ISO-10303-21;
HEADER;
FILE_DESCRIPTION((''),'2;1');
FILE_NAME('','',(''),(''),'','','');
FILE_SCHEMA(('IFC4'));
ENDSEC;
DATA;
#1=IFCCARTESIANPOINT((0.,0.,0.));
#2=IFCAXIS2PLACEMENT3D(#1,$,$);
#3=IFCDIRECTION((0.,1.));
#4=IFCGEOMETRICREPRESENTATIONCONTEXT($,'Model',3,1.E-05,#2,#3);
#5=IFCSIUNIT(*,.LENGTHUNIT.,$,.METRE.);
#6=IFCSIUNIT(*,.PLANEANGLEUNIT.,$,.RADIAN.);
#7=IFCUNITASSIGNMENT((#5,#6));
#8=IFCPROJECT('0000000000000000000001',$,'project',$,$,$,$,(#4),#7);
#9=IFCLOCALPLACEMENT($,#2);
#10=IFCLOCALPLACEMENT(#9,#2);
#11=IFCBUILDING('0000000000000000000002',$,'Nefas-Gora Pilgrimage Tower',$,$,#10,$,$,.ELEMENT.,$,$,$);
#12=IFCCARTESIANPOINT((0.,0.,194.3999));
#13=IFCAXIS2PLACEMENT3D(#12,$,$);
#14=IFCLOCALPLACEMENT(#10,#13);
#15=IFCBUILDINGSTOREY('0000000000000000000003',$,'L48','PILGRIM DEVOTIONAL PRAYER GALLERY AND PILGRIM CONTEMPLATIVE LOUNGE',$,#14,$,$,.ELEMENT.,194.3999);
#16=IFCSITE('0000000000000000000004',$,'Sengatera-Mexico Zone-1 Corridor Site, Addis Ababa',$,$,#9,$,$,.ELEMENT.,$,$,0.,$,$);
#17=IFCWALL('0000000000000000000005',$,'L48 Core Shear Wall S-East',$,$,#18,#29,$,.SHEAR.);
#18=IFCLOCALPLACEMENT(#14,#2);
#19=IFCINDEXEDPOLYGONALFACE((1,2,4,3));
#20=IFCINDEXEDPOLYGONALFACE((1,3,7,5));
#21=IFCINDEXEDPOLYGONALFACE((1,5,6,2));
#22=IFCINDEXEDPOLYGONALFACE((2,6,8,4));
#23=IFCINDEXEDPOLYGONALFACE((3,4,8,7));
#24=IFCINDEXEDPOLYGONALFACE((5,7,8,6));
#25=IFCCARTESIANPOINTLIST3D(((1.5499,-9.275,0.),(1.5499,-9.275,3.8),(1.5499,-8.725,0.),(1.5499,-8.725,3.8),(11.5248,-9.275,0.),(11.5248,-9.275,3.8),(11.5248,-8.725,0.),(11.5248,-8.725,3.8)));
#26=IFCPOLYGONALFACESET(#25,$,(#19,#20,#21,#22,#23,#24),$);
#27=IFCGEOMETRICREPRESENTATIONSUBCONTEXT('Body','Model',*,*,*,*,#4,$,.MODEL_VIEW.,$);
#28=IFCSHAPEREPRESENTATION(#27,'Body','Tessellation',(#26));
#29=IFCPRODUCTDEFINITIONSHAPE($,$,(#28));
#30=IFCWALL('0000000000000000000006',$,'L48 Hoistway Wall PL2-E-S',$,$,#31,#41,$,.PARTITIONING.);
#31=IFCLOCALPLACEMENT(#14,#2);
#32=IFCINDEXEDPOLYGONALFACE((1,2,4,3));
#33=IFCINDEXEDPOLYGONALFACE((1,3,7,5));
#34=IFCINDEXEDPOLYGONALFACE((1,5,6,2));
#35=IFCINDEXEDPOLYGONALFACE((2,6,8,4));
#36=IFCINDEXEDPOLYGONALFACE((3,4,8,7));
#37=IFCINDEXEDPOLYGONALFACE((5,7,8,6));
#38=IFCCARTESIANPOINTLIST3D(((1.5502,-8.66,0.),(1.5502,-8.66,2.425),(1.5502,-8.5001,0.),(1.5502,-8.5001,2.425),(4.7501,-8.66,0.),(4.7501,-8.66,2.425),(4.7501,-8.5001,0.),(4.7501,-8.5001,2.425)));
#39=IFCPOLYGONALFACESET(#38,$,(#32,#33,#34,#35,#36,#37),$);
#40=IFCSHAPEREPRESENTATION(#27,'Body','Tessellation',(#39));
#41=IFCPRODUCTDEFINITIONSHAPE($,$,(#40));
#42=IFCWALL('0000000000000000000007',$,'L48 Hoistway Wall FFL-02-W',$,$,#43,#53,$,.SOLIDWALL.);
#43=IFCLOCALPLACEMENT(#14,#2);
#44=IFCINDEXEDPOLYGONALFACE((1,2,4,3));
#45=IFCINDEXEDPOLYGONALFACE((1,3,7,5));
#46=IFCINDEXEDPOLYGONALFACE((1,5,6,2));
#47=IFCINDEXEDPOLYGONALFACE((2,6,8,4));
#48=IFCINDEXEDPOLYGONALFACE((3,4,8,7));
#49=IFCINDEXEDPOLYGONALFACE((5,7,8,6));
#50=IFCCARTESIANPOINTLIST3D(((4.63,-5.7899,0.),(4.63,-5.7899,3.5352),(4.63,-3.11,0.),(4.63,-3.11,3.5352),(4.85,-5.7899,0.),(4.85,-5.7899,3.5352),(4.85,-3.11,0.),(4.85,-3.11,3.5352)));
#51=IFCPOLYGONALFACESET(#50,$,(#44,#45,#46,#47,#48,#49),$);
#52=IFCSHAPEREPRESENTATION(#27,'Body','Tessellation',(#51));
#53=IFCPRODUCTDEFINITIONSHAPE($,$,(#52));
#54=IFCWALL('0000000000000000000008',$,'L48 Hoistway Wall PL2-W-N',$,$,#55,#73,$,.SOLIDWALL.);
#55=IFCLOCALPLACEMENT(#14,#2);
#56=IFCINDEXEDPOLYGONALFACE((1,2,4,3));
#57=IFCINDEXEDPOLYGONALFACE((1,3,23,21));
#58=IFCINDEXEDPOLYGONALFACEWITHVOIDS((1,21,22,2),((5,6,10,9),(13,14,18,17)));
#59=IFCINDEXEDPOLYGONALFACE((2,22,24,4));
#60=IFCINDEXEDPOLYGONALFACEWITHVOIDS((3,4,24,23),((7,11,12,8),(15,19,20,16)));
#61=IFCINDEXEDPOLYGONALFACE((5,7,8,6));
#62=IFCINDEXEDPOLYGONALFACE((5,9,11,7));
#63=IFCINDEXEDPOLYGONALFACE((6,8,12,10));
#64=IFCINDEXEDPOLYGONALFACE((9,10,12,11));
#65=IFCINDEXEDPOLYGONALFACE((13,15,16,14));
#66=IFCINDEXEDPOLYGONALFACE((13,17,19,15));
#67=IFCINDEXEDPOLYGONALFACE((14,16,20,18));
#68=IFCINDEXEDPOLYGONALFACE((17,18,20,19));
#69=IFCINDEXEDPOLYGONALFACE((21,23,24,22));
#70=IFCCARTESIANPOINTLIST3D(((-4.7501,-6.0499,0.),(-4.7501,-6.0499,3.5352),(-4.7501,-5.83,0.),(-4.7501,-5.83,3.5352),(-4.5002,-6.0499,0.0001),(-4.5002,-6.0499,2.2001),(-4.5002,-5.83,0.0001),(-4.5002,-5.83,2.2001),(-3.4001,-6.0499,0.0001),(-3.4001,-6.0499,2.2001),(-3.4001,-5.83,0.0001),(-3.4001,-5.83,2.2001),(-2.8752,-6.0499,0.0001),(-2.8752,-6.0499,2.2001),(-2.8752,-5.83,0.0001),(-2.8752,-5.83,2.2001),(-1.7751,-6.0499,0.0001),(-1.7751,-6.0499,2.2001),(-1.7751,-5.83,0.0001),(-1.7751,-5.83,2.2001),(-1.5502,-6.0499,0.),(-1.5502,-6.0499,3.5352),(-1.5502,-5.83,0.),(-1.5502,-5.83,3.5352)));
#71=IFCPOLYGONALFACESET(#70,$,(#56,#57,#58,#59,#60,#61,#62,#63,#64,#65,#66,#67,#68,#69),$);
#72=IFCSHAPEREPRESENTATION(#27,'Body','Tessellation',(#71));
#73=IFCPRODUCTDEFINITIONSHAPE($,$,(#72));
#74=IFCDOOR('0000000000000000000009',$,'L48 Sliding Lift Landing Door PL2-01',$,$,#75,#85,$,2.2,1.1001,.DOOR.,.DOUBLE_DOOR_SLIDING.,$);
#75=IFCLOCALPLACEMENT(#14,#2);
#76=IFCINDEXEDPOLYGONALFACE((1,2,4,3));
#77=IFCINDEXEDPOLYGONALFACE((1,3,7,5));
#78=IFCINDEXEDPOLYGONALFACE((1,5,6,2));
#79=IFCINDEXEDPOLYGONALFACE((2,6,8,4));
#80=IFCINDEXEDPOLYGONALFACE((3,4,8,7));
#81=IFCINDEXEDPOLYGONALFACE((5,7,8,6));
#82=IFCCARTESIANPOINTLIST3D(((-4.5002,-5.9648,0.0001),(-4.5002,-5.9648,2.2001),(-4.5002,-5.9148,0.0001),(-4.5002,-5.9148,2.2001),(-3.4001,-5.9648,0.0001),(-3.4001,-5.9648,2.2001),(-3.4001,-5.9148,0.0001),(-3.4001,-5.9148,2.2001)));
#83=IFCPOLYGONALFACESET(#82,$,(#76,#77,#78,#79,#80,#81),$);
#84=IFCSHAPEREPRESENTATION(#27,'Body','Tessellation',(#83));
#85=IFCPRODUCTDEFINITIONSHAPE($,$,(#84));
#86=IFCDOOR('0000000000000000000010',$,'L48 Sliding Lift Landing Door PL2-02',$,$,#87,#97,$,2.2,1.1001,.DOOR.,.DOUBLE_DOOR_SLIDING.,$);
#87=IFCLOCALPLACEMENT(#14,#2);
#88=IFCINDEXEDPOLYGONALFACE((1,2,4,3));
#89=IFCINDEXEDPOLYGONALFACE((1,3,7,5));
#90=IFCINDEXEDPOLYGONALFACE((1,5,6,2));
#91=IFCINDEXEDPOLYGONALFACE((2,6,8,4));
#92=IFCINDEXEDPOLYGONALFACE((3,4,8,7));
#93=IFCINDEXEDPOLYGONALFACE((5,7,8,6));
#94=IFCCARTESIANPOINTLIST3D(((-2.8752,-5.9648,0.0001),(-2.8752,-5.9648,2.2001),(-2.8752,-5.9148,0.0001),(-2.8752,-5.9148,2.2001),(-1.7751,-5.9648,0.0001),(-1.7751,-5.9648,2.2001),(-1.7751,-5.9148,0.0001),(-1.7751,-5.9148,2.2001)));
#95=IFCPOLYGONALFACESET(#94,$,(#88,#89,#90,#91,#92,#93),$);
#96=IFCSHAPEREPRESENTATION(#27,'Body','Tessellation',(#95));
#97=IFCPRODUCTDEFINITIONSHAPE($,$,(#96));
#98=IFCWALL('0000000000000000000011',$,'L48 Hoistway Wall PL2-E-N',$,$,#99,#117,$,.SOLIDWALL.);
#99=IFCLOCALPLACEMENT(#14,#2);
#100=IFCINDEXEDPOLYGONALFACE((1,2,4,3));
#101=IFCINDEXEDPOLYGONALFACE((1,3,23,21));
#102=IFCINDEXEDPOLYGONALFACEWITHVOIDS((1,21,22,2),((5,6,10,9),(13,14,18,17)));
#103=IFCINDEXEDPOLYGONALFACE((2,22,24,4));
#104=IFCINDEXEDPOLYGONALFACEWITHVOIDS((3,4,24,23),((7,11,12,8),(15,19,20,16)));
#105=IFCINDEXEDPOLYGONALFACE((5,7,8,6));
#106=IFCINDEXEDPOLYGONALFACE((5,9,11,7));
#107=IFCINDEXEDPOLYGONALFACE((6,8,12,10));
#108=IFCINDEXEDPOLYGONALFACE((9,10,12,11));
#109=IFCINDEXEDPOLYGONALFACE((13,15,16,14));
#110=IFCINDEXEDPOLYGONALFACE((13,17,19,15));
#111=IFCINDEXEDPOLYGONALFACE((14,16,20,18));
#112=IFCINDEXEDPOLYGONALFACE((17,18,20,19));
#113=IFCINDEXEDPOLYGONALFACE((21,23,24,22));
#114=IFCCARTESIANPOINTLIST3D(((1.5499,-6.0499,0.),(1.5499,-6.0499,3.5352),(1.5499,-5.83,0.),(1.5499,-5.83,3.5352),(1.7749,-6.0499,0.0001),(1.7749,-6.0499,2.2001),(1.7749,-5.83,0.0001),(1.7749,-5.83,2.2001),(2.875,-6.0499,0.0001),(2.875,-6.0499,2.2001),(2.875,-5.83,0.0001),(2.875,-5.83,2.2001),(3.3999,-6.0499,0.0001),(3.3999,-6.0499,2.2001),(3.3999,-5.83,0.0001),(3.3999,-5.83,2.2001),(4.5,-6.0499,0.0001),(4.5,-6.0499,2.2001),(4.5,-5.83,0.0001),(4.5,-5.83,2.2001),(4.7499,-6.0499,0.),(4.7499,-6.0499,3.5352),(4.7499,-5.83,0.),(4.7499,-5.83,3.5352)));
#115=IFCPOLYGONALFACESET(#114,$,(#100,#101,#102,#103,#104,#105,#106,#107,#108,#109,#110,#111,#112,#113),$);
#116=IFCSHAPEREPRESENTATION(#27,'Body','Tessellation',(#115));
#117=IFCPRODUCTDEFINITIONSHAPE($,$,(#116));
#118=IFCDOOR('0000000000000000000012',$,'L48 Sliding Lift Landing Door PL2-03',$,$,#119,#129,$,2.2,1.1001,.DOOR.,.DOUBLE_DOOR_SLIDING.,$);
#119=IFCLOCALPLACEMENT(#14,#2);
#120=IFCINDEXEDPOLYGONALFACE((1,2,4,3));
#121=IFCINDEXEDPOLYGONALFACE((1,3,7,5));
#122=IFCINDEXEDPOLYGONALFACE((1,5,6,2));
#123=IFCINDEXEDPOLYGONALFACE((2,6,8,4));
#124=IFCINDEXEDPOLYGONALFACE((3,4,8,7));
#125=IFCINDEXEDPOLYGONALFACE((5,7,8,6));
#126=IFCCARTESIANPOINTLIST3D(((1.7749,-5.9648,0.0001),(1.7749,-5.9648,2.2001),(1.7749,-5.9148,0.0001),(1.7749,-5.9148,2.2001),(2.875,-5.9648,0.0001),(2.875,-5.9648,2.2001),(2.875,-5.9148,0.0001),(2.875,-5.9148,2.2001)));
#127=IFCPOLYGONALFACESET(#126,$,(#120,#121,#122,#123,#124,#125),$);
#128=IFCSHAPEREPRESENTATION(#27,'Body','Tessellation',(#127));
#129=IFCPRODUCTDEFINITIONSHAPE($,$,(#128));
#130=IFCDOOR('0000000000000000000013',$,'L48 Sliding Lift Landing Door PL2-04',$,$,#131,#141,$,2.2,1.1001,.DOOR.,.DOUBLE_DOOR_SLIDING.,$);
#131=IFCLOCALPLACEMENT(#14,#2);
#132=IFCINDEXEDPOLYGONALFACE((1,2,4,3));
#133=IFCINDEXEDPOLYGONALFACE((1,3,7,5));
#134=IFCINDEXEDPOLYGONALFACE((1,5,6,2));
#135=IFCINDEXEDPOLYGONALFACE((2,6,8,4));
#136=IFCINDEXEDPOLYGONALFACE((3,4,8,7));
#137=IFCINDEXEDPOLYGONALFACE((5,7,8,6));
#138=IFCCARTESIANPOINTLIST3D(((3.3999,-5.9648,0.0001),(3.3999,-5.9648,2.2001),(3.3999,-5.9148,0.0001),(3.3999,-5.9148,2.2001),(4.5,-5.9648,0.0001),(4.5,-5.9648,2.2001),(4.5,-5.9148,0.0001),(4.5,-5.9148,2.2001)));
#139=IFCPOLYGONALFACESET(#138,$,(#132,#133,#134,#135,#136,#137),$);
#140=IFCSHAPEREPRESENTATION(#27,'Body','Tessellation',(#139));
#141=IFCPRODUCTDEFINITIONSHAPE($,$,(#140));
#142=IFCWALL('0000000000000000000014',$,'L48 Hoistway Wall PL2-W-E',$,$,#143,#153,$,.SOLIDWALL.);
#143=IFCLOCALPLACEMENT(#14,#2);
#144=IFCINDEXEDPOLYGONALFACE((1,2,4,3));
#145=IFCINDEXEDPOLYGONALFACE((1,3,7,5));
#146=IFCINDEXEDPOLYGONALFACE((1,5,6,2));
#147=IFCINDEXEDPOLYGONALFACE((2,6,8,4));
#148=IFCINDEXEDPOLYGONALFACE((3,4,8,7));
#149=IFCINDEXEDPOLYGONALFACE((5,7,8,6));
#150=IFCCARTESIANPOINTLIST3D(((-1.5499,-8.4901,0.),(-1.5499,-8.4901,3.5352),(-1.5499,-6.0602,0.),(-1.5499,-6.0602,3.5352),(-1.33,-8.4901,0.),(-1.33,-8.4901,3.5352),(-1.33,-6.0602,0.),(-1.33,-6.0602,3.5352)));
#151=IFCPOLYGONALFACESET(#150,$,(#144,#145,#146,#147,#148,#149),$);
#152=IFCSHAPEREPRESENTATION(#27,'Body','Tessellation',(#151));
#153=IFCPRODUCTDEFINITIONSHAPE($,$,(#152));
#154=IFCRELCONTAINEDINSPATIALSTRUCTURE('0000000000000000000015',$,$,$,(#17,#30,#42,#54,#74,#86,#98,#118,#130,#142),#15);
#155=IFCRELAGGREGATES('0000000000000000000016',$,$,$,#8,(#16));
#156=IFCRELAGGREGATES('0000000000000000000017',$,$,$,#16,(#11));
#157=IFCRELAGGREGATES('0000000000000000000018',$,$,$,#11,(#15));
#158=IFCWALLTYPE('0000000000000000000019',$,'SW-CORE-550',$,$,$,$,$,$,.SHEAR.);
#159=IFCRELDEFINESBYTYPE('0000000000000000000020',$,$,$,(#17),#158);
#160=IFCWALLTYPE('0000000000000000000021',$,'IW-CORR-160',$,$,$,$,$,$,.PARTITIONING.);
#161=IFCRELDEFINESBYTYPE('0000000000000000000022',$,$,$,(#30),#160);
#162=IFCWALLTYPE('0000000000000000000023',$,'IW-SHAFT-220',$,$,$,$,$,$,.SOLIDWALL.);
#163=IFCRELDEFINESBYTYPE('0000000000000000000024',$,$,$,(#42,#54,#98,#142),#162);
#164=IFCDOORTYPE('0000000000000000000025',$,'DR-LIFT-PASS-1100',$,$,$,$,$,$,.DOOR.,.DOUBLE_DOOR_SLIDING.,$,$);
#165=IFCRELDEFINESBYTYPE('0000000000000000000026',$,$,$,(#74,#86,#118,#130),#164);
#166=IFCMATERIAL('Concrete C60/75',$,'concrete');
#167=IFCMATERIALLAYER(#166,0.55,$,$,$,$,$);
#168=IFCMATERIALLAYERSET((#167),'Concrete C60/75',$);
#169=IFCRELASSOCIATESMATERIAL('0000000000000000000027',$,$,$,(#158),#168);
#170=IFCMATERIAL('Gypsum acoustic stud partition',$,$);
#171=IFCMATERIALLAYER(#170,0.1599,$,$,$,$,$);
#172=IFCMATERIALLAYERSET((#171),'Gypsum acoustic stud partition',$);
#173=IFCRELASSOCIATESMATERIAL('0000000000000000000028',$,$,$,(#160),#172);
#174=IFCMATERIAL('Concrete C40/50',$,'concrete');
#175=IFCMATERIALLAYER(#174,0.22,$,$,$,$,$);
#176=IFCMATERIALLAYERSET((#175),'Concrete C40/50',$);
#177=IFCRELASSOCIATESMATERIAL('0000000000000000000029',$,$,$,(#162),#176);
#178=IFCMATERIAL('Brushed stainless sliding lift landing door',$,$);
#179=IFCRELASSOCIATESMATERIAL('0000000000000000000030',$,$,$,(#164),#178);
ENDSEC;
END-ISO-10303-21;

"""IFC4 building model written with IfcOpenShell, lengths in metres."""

from ifc_helpers import new_model, si_unit, direction, frame, frame_2d, origin, place, context, subcontext, project, spatial, rectangle, extrude, source, transform, mapped, material, layer, layer_set, type_object, element, fill, save


model = new_model("IFC4")

# Units and contexts
model_context = context("Model", 3, precision=1e-05, world=origin(), true_north=direction((0.0, 1.0)))
body_context = subcontext(model_context, "Body", "Model", "MODEL_VIEW")
ifc_project = project(units=[si_unit("LENGTHUNIT", "METRE"), si_unit("PLANEANGLEUNIT", "RADIAN")], contexts=[model_context])

# Site, building, storey
site_placement = place(None, origin())
site = spatial("IfcSite", under=ifc_project, at=site_placement, Name="Sengatera-Mexico Zone-1 Corridor Site, Addis Ababa", CompositionType="ELEMENT", RefElevation=0.0)
building_placement = place(site_placement, origin())
building = spatial("IfcBuilding", under=site, at=building_placement, Name="Nefas-Gora Pilgrimage Tower", CompositionType="ELEMENT")
storey_placement = place(building_placement, frame((0.0, 0.0, 194.3999)))
storey = spatial("IfcBuildingStorey", under=building, at=storey_placement, Name="L48", Description="PILGRIM DEVOTIONAL PRAYER GALLERY AND PILGRIM CONTEMPLATIVE LOUNGE", CompositionType="ELEMENT", Elevation=194.3999)

# Walls
ifc_material_1 = material(Name="Concrete C60/75", Category="concrete")
ifc_layer_1 = layer(ifc_material_1, 0.55)
ifc_layer_set_1 = layer_set([ifc_layer_1], Name="Concrete C60/75")
wall_type_1 = type_object("IfcWallType", Name="SW-CORE-550", PredefinedType="SHEAR", material=ifc_layer_set_1)
shared_shape_1 = source(origin(), body_context, "Body", "SweptSolid", [
    extrude(rectangle(XDim=9.9749, YDim=0.55, at=frame_2d((4.9873, 0.0))), origin(), (0.0, 0.0, 1.0), 3.8),
])
wall_1_placement = place(storey_placement, frame((1.55, -9.0, 0.0), z_axis=(0.0, 0.0, 1.0), x_axis=(1.0, 0.0, 0.0)))
element("IfcWall", 1, at=wall_1_placement, inside=storey, type_object=wall_type_1, Name="L48 Core Shear Wall S-East", PredefinedType="SHEAR", context=body_context, shape_type="MappedRepresentation", body=[
    mapped(shared_shape_1, transform((0.0, 0.0, 0.0), x_axis=(1.0, 0.0, 0.0), y_axis=(0.0, 1.0, 0.0), z_axis=(0.0, 0.0, 1.0), scale=1.0)),
])
ifc_material_2 = material(Name="Gypsum acoustic stud partition")
ifc_layer_2 = layer(ifc_material_2, 0.1599)
ifc_layer_set_2 = layer_set([ifc_layer_2], Name="Gypsum acoustic stud partition")
wall_type_2 = type_object("IfcWallType", Name="IW-CORR-160", PredefinedType="PARTITIONING", material=ifc_layer_set_2)
shared_shape_2 = source(origin(), body_context, "Body", "SweptSolid", [
    extrude(rectangle(XDim=3.2, YDim=0.1599, at=frame_2d((1.6001, 0.0))), origin(), (0.0, 0.0, 1.0), 2.425),
])
wall_2_placement = place(storey_placement, frame((1.55, -8.5801, 0.0), z_axis=(0.0, 0.0, 1.0), x_axis=(1.0, 0.0, 0.0)))
element("IfcWall", 2, at=wall_2_placement, inside=storey, type_object=wall_type_2, Name="L48 Hoistway Wall PL2-E-S", PredefinedType="PARTITIONING", context=body_context, shape_type="MappedRepresentation", body=[
    mapped(shared_shape_2, transform((0.0, 0.0, 0.0), x_axis=(1.0, 0.0, 0.0), y_axis=(0.0, 1.0, 0.0), z_axis=(0.0, 0.0, 1.0), scale=1.0)),
])
ifc_material_3 = material(Name="Concrete C40/50", Category="concrete")
ifc_layer_3 = layer(ifc_material_3, 0.22)
ifc_layer_set_3 = layer_set([ifc_layer_3], Name="Concrete C40/50")
wall_type_3 = type_object("IfcWallType", Name="IW-SHAFT-220", PredefinedType="SOLIDWALL", material=ifc_layer_set_3)
shared_shape_3 = source(origin(), body_context, "Body", "SweptSolid", [
    extrude(rectangle(XDim=2.6799, YDim=0.22, at=frame_2d((1.3398, 0.0))), origin(), (0.0, 0.0, 1.0), 3.5352),
])
wall_3_placement = place(storey_placement, frame((4.74, -3.1101, 0.0), z_axis=(0.0, 0.0, 1.0), x_axis=(0.0, -1.0, 0.0)))
element("IfcWall", 3, at=wall_3_placement, inside=storey, type_object=wall_type_3, Name="L48 Hoistway Wall FFL-02-W", PredefinedType="SOLIDWALL", context=body_context, shape_type="MappedRepresentation", body=[
    mapped(shared_shape_3, transform((0.0, 0.0, 0.0), x_axis=(1.0, 0.0, 0.0), y_axis=(0.0, 1.0, 0.0), z_axis=(0.0, 0.0, 1.0), scale=1.0)),
])

# Walls, openings, doors
shared_shape_4 = source(origin(), body_context, "Body", "SweptSolid", [
    extrude(rectangle(XDim=3.2, YDim=0.22, at=frame_2d((1.6001, 0.0))), origin(), (0.0, 0.0, 1.0), 3.5352),
])
wall_4_placement = place(storey_placement, frame((-1.55, -5.9399, 0.0), z_axis=(0.0, 0.0, 1.0), x_axis=(-1.0, 0.0, 0.0)))
wall_4 = element("IfcWall", 4, at=wall_4_placement, inside=storey, type_object=wall_type_3, Name="L48 Hoistway Wall PL2-W-N", PredefinedType="SOLIDWALL", context=body_context, shape_type="MappedRepresentation", body=[
    mapped(shared_shape_4, transform((0.0, 0.0, 0.0), x_axis=(1.0, 0.0, 0.0), y_axis=(0.0, 1.0, 0.0), z_axis=(0.0, 0.0, 1.0), scale=1.0)),
])
opening_1_placement = place(wall_4_placement, frame((1.8501, 0.0, 0.0)))
opening_1 = element("IfcOpeningElement", 5, at=opening_1_placement, cuts=wall_4, PredefinedType="OPENING", context=body_context, shape_type="SweptSolid", body=[
    extrude(rectangle(XDim=1.1001, YDim=2.2, at=frame_2d((0.55, 1.1001))), frame((0.0, 0.1199, 0.0), z_axis=(0.0, -1.0, 0.0), x_axis=(1.0, 0.0, 0.0)), (0.0, 0.0, 1.0), 0.24),
])
opening_2_placement = place(wall_4_placement, frame((0.2251, 0.0, 0.0)))
opening_2 = element("IfcOpeningElement", 6, at=opening_2_placement, cuts=wall_4, PredefinedType="OPENING", context=body_context, shape_type="SweptSolid", body=[
    extrude(rectangle(XDim=1.1001, YDim=2.2, at=frame_2d((0.55, 1.1001))), frame((0.0, 0.1199, 0.0), z_axis=(0.0, -1.0, 0.0), x_axis=(1.0, 0.0, 0.0)), (0.0, 0.0, 1.0), 0.24),
])
ifc_material_4 = material(Name="Brushed stainless sliding lift landing door")
door_type_1 = type_object("IfcDoorType", Name="DR-LIFT-PASS-1100", OperationType="DOUBLE_DOOR_SLIDING", PredefinedType="DOOR", material=ifc_material_4)
shared_shape_5 = source(origin(), body_context, "Body", "SweptSolid", [
    extrude(rectangle(XDim=1.1001, YDim=2.2, at=frame_2d((0.55, 1.1001))), frame((0.0, 0.0249, 0.0), z_axis=(0.0, -1.0, 0.0), x_axis=(1.0, 0.0, 0.0)), (0.0, 0.0, 1.0), 0.05),
])
door_1_placement = place(opening_1_placement, origin())
door_1 = element("IfcDoor", 7, at=door_1_placement, inside=storey, type_object=door_type_1, Name="L48 Sliding Lift Landing Door PL2-01", OperationType="DOUBLE_DOOR_SLIDING", OverallHeight=2.2, OverallWidth=1.1001, PredefinedType="DOOR", context=body_context, shape_type="MappedRepresentation", body=[
    mapped(shared_shape_5, transform((0.0, 0.0, 0.0), x_axis=(1.0, 0.0, 0.0), y_axis=(0.0, 1.0, 0.0), z_axis=(0.0, 0.0, 1.0), scale=1.0)),
])
fill(opening_1, door_1)
door_2_placement = place(opening_2_placement, origin())
door_2 = element("IfcDoor", 8, at=door_2_placement, inside=storey, type_object=door_type_1, Name="L48 Sliding Lift Landing Door PL2-02", OperationType="DOUBLE_DOOR_SLIDING", OverallHeight=2.2, OverallWidth=1.1001, PredefinedType="DOOR", context=body_context, shape_type="MappedRepresentation", body=[
    mapped(shared_shape_5, transform((0.0, 0.0, 0.0), x_axis=(1.0, 0.0, 0.0), y_axis=(0.0, 1.0, 0.0), z_axis=(0.0, 0.0, 1.0), scale=1.0)),
])
fill(opening_2, door_2)
wall_5_placement = place(storey_placement, frame((4.75, -5.9399, 0.0), z_axis=(0.0, 0.0, 1.0), x_axis=(-1.0, 0.0, 0.0)))
wall_5 = element("IfcWall", 9, at=wall_5_placement, inside=storey, type_object=wall_type_3, Name="L48 Hoistway Wall PL2-E-N", PredefinedType="SOLIDWALL", context=body_context, shape_type="MappedRepresentation", body=[
    mapped(shared_shape_4, transform((0.0, 0.0, 0.0), x_axis=(1.0, 0.0, 0.0), y_axis=(0.0, 1.0, 0.0), z_axis=(0.0, 0.0, 1.0), scale=1.0)),
])
opening_3_placement = place(wall_5_placement, frame((1.875, 0.0, 0.0)))
opening_3 = element("IfcOpeningElement", 10, at=opening_3_placement, cuts=wall_5, PredefinedType="OPENING", context=body_context, shape_type="SweptSolid", body=[
    extrude(rectangle(XDim=1.1001, YDim=2.2, at=frame_2d((0.55, 1.1001))), frame((0.0, 0.1199, 0.0), z_axis=(0.0, -1.0, 0.0), x_axis=(1.0, 0.0, 0.0)), (0.0, 0.0, 1.0), 0.24),
])
opening_4_placement = place(wall_5_placement, frame((0.25, 0.0, 0.0)))
opening_4 = element("IfcOpeningElement", 11, at=opening_4_placement, cuts=wall_5, PredefinedType="OPENING", context=body_context, shape_type="SweptSolid", body=[
    extrude(rectangle(XDim=1.1001, YDim=2.2, at=frame_2d((0.55, 1.1001))), frame((0.0, 0.1199, 0.0), z_axis=(0.0, -1.0, 0.0), x_axis=(1.0, 0.0, 0.0)), (0.0, 0.0, 1.0), 0.24),
])
door_3_placement = place(opening_3_placement, origin())
door_3 = element("IfcDoor", 12, at=door_3_placement, inside=storey, type_object=door_type_1, Name="L48 Sliding Lift Landing Door PL2-03", OperationType="DOUBLE_DOOR_SLIDING", OverallHeight=2.2, OverallWidth=1.1001, PredefinedType="DOOR", context=body_context, shape_type="MappedRepresentation", body=[
    mapped(shared_shape_5, transform((0.0, 0.0, 0.0), x_axis=(1.0, 0.0, 0.0), y_axis=(0.0, 1.0, 0.0), z_axis=(0.0, 0.0, 1.0), scale=1.0)),
])
fill(opening_3, door_3)
door_4_placement = place(opening_4_placement, origin())
door_4 = element("IfcDoor", 13, at=door_4_placement, inside=storey, type_object=door_type_1, Name="L48 Sliding Lift Landing Door PL2-04", OperationType="DOUBLE_DOOR_SLIDING", OverallHeight=2.2, OverallWidth=1.1001, PredefinedType="DOOR", context=body_context, shape_type="MappedRepresentation", body=[
    mapped(shared_shape_5, transform((0.0, 0.0, 0.0), x_axis=(1.0, 0.0, 0.0), y_axis=(0.0, 1.0, 0.0), z_axis=(0.0, 0.0, 1.0), scale=1.0)),
])
fill(opening_4, door_4)

# Wall
shared_shape_6 = source(origin(), body_context, "Body", "SweptSolid", [
    extrude(rectangle(XDim=2.4299, YDim=0.22, at=frame_2d((1.2148, 0.0))), origin(), (0.0, 0.0, 1.0), 3.5352),
])
for number, where, z_axis, x_axis, name in (
    (14, (-1.4399, -8.49, 0.0), (0.0, 0.0, 1.0), (0.0, 1.0, 0.0), "L48 Hoistway Wall PL2-W-E"),
):
    element("IfcWall", number, at=place(storey_placement, frame(where, z_axis=z_axis, x_axis=x_axis)), inside=storey, type_object=wall_type_3, Name=name, PredefinedType="SOLIDWALL", context=body_context, shape_type="MappedRepresentation", body=[
        mapped(shared_shape_6, transform((0.0, 0.0, 0.0), x_axis=(1.0, 0.0, 0.0), y_axis=(0.0, 1.0, 0.0), z_axis=(0.0, 0.0, 1.0), scale=1.0)),
    ])

save(model, "model.ifc")
